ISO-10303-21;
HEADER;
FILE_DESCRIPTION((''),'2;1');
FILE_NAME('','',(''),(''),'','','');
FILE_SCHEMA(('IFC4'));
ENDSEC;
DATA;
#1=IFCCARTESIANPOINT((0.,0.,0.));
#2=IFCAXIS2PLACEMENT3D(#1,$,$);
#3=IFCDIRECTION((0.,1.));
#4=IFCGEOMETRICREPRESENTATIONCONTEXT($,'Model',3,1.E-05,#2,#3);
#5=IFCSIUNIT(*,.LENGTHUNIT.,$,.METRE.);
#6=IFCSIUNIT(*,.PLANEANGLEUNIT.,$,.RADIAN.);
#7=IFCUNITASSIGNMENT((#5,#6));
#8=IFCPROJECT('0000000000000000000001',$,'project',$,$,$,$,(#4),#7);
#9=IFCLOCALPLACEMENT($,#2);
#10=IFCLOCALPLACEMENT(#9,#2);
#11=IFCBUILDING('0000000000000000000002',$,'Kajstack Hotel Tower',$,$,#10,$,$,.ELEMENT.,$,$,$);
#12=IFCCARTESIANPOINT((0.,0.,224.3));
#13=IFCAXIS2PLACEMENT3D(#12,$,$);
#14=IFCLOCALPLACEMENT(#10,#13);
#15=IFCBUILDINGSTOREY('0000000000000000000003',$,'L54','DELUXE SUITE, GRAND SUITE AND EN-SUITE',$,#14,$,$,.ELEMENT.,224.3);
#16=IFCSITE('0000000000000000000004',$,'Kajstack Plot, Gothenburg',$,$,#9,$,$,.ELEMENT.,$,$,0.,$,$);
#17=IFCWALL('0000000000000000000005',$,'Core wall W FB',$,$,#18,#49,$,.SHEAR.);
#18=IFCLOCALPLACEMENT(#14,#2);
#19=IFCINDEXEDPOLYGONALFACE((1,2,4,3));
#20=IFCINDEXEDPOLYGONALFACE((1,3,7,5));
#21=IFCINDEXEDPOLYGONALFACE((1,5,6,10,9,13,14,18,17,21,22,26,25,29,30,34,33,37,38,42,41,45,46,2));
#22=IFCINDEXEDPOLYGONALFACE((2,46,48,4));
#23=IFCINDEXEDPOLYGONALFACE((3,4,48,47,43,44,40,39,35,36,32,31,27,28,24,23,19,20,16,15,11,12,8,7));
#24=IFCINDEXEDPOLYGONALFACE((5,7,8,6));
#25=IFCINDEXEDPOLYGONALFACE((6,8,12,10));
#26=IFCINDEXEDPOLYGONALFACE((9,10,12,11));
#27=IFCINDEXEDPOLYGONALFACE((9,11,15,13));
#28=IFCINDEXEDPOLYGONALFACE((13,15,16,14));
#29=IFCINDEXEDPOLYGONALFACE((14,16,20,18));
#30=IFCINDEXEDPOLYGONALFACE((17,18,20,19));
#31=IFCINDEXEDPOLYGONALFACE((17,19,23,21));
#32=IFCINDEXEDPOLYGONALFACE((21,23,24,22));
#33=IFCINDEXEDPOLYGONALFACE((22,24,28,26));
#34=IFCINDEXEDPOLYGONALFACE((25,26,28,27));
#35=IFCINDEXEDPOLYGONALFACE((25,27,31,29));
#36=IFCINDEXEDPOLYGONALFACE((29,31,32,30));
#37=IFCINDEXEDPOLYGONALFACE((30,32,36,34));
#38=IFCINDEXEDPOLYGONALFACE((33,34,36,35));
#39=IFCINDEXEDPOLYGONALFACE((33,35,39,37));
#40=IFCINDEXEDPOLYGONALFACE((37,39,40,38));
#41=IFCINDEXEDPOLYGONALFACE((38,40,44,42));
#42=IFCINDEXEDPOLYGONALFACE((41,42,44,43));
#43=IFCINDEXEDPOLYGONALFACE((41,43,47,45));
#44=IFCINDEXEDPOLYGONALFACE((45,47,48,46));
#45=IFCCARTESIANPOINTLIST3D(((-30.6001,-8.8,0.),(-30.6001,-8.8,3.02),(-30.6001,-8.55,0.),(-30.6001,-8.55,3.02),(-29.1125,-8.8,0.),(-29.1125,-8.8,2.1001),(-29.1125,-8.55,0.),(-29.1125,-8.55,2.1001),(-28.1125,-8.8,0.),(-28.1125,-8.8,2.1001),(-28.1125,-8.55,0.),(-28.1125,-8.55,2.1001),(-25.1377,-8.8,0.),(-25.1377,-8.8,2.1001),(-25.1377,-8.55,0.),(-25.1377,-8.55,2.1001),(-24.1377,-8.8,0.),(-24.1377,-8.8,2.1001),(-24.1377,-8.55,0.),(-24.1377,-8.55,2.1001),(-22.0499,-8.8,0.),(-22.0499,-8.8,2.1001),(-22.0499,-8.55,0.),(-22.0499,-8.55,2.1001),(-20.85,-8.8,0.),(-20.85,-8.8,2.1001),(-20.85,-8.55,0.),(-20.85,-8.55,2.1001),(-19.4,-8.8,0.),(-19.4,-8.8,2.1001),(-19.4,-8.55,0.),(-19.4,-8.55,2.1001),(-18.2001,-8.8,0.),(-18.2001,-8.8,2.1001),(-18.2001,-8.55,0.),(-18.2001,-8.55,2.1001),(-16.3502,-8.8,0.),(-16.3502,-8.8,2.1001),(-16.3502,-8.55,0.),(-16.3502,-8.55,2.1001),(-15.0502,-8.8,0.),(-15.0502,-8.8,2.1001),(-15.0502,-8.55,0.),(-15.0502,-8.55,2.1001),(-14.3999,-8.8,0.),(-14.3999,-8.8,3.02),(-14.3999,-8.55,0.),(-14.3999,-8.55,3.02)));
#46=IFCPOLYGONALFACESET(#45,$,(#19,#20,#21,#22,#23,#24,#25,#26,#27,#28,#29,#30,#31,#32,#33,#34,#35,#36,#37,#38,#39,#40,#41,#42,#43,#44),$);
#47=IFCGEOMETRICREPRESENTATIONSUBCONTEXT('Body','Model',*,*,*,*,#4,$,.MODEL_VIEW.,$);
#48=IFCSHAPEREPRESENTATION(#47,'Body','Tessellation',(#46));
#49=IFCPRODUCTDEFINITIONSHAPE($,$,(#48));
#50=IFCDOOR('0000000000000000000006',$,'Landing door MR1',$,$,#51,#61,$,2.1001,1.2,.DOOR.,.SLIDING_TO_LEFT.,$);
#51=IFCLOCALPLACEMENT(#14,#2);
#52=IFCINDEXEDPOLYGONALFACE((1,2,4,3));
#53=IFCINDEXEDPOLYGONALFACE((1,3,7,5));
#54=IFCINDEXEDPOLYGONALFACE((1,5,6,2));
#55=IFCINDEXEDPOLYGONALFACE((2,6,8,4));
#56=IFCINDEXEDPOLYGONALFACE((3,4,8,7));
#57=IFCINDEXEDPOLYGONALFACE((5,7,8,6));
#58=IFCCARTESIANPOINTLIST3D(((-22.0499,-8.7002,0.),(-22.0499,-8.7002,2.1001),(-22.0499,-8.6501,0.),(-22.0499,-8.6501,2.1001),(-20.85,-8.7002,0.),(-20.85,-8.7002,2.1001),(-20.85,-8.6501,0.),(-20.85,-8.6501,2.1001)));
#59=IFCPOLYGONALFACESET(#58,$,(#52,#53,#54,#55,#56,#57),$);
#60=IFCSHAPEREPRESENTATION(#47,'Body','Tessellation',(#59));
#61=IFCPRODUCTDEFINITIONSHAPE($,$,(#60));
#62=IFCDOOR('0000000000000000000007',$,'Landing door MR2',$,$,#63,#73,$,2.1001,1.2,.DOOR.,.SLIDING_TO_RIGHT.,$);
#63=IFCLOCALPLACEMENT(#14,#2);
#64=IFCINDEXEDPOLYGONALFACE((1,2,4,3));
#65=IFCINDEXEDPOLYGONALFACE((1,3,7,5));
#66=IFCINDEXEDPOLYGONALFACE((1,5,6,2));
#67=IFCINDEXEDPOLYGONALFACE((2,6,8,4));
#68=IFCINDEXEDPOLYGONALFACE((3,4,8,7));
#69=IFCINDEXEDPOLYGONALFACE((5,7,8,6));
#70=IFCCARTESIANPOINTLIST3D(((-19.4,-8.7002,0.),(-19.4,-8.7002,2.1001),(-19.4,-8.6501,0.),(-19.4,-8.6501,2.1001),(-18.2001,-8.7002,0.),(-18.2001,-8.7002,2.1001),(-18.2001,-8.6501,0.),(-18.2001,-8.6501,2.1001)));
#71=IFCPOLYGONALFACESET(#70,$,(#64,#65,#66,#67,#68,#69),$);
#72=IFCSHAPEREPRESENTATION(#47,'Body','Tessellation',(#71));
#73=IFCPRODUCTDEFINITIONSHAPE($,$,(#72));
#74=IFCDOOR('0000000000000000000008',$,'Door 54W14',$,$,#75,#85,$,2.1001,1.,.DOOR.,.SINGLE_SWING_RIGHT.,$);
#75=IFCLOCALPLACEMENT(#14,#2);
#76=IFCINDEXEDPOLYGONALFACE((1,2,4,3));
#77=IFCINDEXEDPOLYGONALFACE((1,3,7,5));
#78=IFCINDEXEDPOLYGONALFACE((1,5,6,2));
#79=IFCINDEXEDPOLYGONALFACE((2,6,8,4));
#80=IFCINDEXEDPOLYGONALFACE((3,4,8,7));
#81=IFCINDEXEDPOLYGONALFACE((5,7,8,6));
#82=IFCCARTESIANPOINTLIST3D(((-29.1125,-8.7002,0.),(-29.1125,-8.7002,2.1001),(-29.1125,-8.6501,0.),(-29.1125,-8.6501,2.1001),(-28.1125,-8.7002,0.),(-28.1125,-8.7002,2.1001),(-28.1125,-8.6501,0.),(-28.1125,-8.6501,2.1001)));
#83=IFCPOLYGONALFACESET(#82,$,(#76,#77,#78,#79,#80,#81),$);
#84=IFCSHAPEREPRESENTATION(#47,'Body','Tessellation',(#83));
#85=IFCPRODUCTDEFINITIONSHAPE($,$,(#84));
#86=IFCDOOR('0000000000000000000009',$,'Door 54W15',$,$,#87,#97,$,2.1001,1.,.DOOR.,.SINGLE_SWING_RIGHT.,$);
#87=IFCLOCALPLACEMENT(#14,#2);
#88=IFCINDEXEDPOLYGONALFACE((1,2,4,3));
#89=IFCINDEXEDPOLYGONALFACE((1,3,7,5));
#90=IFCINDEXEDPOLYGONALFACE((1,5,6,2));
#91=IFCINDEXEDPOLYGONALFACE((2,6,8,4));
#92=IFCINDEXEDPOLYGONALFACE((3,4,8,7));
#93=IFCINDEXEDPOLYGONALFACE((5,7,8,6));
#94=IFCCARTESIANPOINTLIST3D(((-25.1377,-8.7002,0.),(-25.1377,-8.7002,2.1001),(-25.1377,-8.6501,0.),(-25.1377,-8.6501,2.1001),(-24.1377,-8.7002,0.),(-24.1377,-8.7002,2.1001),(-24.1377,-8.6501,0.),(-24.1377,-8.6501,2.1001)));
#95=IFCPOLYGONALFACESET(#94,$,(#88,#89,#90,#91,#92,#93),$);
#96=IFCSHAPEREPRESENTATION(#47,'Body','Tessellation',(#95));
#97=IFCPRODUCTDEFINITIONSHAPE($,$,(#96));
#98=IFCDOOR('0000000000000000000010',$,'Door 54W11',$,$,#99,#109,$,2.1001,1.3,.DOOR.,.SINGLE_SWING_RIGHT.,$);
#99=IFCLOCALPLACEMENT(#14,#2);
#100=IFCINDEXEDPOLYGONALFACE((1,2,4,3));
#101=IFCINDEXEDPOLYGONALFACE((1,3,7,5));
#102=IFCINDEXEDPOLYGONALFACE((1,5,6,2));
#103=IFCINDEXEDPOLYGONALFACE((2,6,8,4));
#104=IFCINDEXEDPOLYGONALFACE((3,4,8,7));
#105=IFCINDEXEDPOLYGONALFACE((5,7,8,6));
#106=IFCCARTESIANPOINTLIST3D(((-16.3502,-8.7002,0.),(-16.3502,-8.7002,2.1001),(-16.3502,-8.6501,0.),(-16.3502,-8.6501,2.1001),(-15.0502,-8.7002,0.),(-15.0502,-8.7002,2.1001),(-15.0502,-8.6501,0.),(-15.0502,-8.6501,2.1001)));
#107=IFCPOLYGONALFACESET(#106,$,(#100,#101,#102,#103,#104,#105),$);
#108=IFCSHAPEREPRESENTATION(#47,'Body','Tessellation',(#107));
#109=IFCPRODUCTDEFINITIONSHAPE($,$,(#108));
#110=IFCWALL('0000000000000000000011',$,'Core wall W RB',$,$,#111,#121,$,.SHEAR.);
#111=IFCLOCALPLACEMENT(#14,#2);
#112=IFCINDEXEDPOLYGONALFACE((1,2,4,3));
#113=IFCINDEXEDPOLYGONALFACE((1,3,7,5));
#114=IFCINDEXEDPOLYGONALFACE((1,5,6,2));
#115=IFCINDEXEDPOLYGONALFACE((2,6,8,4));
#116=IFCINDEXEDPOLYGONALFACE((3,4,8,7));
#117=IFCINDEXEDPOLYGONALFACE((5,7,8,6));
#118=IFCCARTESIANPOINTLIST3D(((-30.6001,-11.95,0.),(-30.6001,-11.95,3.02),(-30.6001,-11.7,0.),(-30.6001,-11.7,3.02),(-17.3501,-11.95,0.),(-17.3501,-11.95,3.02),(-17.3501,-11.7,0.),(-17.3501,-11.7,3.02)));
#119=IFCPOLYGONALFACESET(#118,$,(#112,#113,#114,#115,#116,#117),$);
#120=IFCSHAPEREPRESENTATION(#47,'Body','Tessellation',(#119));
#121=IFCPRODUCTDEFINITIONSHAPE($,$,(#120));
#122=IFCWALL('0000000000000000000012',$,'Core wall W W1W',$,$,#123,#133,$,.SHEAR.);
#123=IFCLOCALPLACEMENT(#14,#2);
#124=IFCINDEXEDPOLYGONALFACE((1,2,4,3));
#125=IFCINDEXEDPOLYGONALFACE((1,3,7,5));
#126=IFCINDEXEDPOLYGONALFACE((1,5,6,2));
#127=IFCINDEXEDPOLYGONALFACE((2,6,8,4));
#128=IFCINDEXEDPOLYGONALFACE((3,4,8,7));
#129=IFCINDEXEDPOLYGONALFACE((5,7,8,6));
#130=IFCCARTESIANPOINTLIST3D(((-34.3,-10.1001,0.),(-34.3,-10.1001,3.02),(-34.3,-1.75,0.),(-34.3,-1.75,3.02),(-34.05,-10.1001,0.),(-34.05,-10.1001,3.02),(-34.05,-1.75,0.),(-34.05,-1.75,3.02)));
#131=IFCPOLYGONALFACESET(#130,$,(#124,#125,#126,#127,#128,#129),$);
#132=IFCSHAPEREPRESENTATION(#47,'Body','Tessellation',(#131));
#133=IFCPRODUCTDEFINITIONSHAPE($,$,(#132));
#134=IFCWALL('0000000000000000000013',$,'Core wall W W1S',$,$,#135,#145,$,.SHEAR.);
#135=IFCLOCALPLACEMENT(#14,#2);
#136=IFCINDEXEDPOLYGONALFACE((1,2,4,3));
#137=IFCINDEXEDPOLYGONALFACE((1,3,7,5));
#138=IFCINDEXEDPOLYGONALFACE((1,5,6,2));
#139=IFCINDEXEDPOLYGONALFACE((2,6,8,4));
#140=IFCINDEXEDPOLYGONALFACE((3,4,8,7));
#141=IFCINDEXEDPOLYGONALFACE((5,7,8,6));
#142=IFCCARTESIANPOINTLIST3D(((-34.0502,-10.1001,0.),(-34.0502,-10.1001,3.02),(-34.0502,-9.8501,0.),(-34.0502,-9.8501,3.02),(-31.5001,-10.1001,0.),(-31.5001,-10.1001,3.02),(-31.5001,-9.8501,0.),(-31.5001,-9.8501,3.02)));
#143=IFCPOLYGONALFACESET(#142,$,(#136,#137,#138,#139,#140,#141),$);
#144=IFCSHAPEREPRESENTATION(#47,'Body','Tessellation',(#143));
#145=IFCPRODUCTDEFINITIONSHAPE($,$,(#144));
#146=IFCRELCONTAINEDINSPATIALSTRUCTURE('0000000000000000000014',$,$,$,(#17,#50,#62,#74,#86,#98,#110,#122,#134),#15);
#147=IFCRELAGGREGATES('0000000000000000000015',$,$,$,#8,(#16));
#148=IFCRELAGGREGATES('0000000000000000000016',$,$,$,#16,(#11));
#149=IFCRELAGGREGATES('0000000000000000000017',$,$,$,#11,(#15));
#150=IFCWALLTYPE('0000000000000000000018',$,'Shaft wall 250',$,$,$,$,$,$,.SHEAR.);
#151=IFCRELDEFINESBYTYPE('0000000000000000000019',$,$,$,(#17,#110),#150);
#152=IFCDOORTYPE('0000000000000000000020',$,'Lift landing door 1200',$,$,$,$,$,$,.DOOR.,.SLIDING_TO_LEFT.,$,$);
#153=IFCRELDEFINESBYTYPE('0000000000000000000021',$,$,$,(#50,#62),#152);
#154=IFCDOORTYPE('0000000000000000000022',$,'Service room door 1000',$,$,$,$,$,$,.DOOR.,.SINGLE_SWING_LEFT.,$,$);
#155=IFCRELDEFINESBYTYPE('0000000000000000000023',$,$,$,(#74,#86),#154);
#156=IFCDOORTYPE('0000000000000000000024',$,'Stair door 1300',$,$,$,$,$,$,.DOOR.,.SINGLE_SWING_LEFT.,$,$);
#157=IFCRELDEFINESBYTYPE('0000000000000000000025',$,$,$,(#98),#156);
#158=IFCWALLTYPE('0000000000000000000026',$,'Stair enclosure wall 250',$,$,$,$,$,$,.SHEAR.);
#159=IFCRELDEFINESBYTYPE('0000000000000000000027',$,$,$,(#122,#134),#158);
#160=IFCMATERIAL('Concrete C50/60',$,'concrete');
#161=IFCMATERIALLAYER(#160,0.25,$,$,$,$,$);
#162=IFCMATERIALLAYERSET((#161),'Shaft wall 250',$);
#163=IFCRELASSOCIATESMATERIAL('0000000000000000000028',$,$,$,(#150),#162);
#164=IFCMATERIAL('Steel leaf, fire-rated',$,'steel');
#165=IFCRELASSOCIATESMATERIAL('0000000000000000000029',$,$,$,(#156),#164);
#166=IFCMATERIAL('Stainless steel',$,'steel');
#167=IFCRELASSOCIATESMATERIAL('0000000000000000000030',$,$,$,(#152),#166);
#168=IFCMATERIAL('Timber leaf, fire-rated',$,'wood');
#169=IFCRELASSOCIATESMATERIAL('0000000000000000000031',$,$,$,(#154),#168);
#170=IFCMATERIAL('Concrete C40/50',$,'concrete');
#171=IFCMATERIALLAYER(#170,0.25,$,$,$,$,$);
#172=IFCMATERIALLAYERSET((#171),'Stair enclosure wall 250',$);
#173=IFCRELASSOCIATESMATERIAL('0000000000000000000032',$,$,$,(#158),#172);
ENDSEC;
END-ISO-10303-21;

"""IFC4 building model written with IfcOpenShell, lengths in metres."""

from ifc_helpers import new_model, si_unit, direction, frame, frame_2d, origin, place, context, subcontext, project, spatial, rectangle, extrude, material, layer, layer_set, type_object, element, fill, save


model = new_model("IFC4")

# Units and contexts
model_context = context("Model", 3, precision=1e-05, world=origin(), true_north=direction((0.0, 1.0)))
body_context = subcontext(model_context, "Body", "Model", "MODEL_VIEW")
ifc_project = project(units=[si_unit("LENGTHUNIT", "METRE"), si_unit("PLANEANGLEUNIT", "RADIAN")], contexts=[model_context])

# Site, building, storey
site_placement = place(None, origin())
site = spatial("IfcSite", under=ifc_project, at=site_placement, Name="Kajstack Plot, Gothenburg", CompositionType="ELEMENT", RefElevation=0.0)
building_placement = place(site_placement, origin())
building = spatial("IfcBuilding", under=site, at=building_placement, Name="Kajstack Hotel Tower", CompositionType="ELEMENT")
storey_placement = place(building_placement, frame((0.0, 0.0, 224.3)))
storey = spatial("IfcBuildingStorey", under=building, at=storey_placement, Name="L54", Description="DELUXE SUITE, GRAND SUITE AND EN-SUITE", CompositionType="ELEMENT", Elevation=224.3)

# Shared definitions
ifc_material_1 = material(Name="Stainless steel", Category="steel")

# Shared definitions
ifc_material_2 = material(Name="Concrete C40/50", Category="concrete")

# Shared definitions
ifc_material_3 = material(Name="Timber leaf, fire-rated", Category="wood")

# Wall, openings, doors
ifc_material_4 = material(Name="Concrete C50/60", Category="concrete")
ifc_layer_1 = layer(ifc_material_4, 0.25)
ifc_layer_set_1 = layer_set([ifc_layer_1], Name="Shaft wall 250")
wall_type_1 = type_object("IfcWallType", Name="Shaft wall 250", PredefinedType="SHEAR", material=ifc_layer_set_1)
ifc_material_5 = material(Name="Steel leaf, fire-rated", Category="steel")
door_type_1 = type_object("IfcDoorType", Name="Stair door 1300", OperationType="SINGLE_SWING_LEFT", PredefinedType="DOOR", material=ifc_material_5)
wall_1_placement = place(storey_placement, frame((-30.6001, -8.675, 0.0), z_axis=(0.0, 0.0, 1.0), x_axis=(1.0, 0.0, 0.0)))
wall_1 = element("IfcWall", 1, at=wall_1_placement, inside=storey, type_object=wall_type_1, Name="Core wall W FB", PredefinedType="SHEAR", context=body_context, shape_type="SweptSolid", body=[
    extrude(rectangle(XDim=16.2002, YDim=0.25, at=frame_2d((8.1001, 0.0))), origin(), (0.0, 0.0, 1.0), 3.02),
])
opening_1_placement = place(wall_1_placement, frame((8.55, 0.0, 0.0)))
opening_1 = element("IfcOpeningElement", 2, at=opening_1_placement, cuts=wall_1, PredefinedType="OPENING", context=body_context, shape_type="SweptSolid", body=[
    extrude(rectangle(XDim=1.2, YDim=2.1001, at=frame_2d((0.6001, 1.05))), frame((0.0, 0.135, 0.0), z_axis=(0.0, -1.0, 0.0), x_axis=(1.0, 0.0, 0.0)), (0.0, 0.0, 1.0), 0.27),
])
opening_2_placement = place(wall_1_placement, frame((11.2, 0.0, 0.0)))
opening_2 = element("IfcOpeningElement", 3, at=opening_2_placement, cuts=wall_1, PredefinedType="OPENING", context=body_context, shape_type="SweptSolid", body=[
    extrude(rectangle(XDim=1.2, YDim=2.1001, at=frame_2d((0.6001, 1.05))), frame((0.0, 0.135, 0.0), z_axis=(0.0, -1.0, 0.0), x_axis=(1.0, 0.0, 0.0)), (0.0, 0.0, 1.0), 0.27),
])
opening_3_placement = place(wall_1_placement, frame((14.25, 0.0, 0.0)))
opening_3 = element("IfcOpeningElement", 4, at=opening_3_placement, cuts=wall_1, PredefinedType="OPENING", context=body_context, shape_type="SweptSolid", body=[
    extrude(rectangle(XDim=1.3, YDim=2.1001, at=frame_2d((0.6499, 1.05))), frame((0.0, 0.135, 0.0), z_axis=(0.0, -1.0, 0.0), x_axis=(1.0, 0.0, 0.0)), (0.0, 0.0, 1.0), 0.27),
])
opening_4_placement = place(wall_1_placement, frame((1.4875, 0.0, 0.0)))
opening_4 = element("IfcOpeningElement", 5, at=opening_4_placement, cuts=wall_1, PredefinedType="OPENING", context=body_context, shape_type="SweptSolid", body=[
    extrude(rectangle(XDim=1.0, YDim=2.1001, at=frame_2d((0.5, 1.05))), frame((0.0, 0.135, 0.0), z_axis=(0.0, -1.0, 0.0), x_axis=(1.0, 0.0, 0.0)), (0.0, 0.0, 1.0), 0.27),
])
opening_5_placement = place(wall_1_placement, frame((5.4624, 0.0, 0.0)))
opening_5 = element("IfcOpeningElement", 6, at=opening_5_placement, cuts=wall_1, PredefinedType="OPENING", context=body_context, shape_type="SweptSolid", body=[
    extrude(rectangle(XDim=1.0, YDim=2.1001, at=frame_2d((0.5, 1.05))), frame((0.0, 0.135, 0.0), z_axis=(0.0, -1.0, 0.0), x_axis=(1.0, 0.0, 0.0)), (0.0, 0.0, 1.0), 0.27),
])
door_type_2 = type_object("IfcDoorType", Name="Lift landing door 1200", OperationType="SLIDING_TO_LEFT", PredefinedType="DOOR", material=ifc_material_1)
door_1_placement = place(opening_1_placement, origin())
door_1 = element("IfcDoor", 7, at=door_1_placement, inside=storey, type_object=door_type_2, Name="Landing door MR1", OperationType="SLIDING_TO_LEFT", OverallHeight=2.1001, OverallWidth=1.2, PredefinedType="DOOR", context=body_context, shape_type="SweptSolid", body=[
    extrude(rectangle(XDim=1.2, YDim=2.1001, at=frame_2d((0.6001, 1.05))), frame((0.0, 0.0249, 0.0), z_axis=(0.0, -1.0, 0.0), x_axis=(1.0, 0.0, 0.0)), (0.0, 0.0, 1.0), 0.05),
])
fill(opening_1, door_1)
door_2_placement = place(opening_2_placement, origin())
door_2 = element("IfcDoor", 8, at=door_2_placement, inside=storey, type_object=door_type_2, Name="Landing door MR2", OperationType="SLIDING_TO_RIGHT", OverallHeight=2.1001, OverallWidth=1.2, PredefinedType="DOOR", context=body_context, shape_type="SweptSolid", body=[
    extrude(rectangle(XDim=1.2, YDim=2.1001, at=frame_2d((0.6001, 1.05))), frame((0.0, 0.0249, 0.0), z_axis=(0.0, -1.0, 0.0), x_axis=(1.0, 0.0, 0.0)), (0.0, 0.0, 1.0), 0.05),
])
fill(opening_2, door_2)
door_type_3 = type_object("IfcDoorType", Name="Service room door 1000", OperationType="SINGLE_SWING_LEFT", PredefinedType="DOOR", material=ifc_material_3)
door_3_placement = place(opening_4_placement, origin())
door_3 = element("IfcDoor", 9, at=door_3_placement, inside=storey, type_object=door_type_3, Name="Door 54W14", OperationType="SINGLE_SWING_RIGHT", OverallHeight=2.1001, OverallWidth=1.0, PredefinedType="DOOR", context=body_context, shape_type="SweptSolid", body=[
    extrude(rectangle(XDim=1.0, YDim=2.1001, at=frame_2d((0.5, 1.05))), frame((0.0, 0.0249, 0.0), z_axis=(0.0, -1.0, 0.0), x_axis=(1.0, 0.0, 0.0)), (0.0, 0.0, 1.0), 0.05),
])
fill(opening_4, door_3)
door_4_placement = place(opening_5_placement, origin())
door_4 = element("IfcDoor", 10, at=door_4_placement, inside=storey, type_object=door_type_3, Name="Door 54W15", OperationType="SINGLE_SWING_RIGHT", OverallHeight=2.1001, OverallWidth=1.0, PredefinedType="DOOR", context=body_context, shape_type="SweptSolid", body=[
    extrude(rectangle(XDim=1.0, YDim=2.1001, at=frame_2d((0.5, 1.05))), frame((0.0, 0.0249, 0.0), z_axis=(0.0, -1.0, 0.0), x_axis=(1.0, 0.0, 0.0)), (0.0, 0.0, 1.0), 0.05),
])
fill(opening_5, door_4)
door_5_placement = place(opening_3_placement, origin())
door_5 = element("IfcDoor", 11, at=door_5_placement, inside=storey, type_object=door_type_1, Name="Door 54W11", OperationType="SINGLE_SWING_RIGHT", OverallHeight=2.1001, OverallWidth=1.3, PredefinedType="DOOR", context=body_context, shape_type="SweptSolid", body=[
    extrude(rectangle(XDim=1.3, YDim=2.1001, at=frame_2d((0.6499, 1.05))), frame((0.0, 0.0249, 0.0), z_axis=(0.0, -1.0, 0.0), x_axis=(1.0, 0.0, 0.0)), (0.0, 0.0, 1.0), 0.05),
])
fill(opening_3, door_5)

# Walls
wall_2_placement = place(storey_placement, frame((-30.6001, -11.825, 0.0), z_axis=(0.0, 0.0, 1.0), x_axis=(1.0, 0.0, 0.0)))
element("IfcWall", 12, at=wall_2_placement, inside=storey, type_object=wall_type_1, Name="Core wall W RB", PredefinedType="SHEAR", context=body_context, shape_type="SweptSolid", body=[
    extrude(rectangle(XDim=13.25, YDim=0.25, at=frame_2d((6.625, 0.0))), origin(), (0.0, 0.0, 1.0), 3.02),
])
ifc_layer_2 = layer(ifc_material_2, 0.25)
ifc_layer_set_2 = layer_set([ifc_layer_2], Name="Stair enclosure wall 250")
wall_type_2 = type_object("IfcWallType", Name="Stair enclosure wall 250", PredefinedType="SHEAR", material=ifc_layer_set_2)
wall_3_placement = place(storey_placement, frame((-34.175, -10.1001, 0.0), z_axis=(0.0, 0.0, 1.0), x_axis=(0.0, 1.0, 0.0)))
element("IfcWall", 13, at=wall_3_placement, inside=storey, type_object=wall_type_2, Name="Core wall W W1W", PredefinedType="SHEAR", context=body_context, shape_type="SweptSolid", body=[
    extrude(rectangle(XDim=8.3501, YDim=0.25, at=frame_2d((4.175, 0.0))), origin(), (0.0, 0.0, 1.0), 3.02),
])
wall_4_placement = place(storey_placement, frame((-34.05, -9.9751, 0.0), z_axis=(0.0, 0.0, 1.0), x_axis=(1.0, 0.0, 0.0)))
element("IfcWall", 14, at=wall_4_placement, inside=storey, type_object=wall_type_2, Name="Core wall W W1S", PredefinedType="SHEAR", context=body_context, shape_type="SweptSolid", body=[
    extrude(rectangle(XDim=2.55, YDim=0.25, at=frame_2d((1.2749, 0.0))), origin(), (0.0, 0.0, 1.0), 3.02),
])

save(model, "model.ifc")
